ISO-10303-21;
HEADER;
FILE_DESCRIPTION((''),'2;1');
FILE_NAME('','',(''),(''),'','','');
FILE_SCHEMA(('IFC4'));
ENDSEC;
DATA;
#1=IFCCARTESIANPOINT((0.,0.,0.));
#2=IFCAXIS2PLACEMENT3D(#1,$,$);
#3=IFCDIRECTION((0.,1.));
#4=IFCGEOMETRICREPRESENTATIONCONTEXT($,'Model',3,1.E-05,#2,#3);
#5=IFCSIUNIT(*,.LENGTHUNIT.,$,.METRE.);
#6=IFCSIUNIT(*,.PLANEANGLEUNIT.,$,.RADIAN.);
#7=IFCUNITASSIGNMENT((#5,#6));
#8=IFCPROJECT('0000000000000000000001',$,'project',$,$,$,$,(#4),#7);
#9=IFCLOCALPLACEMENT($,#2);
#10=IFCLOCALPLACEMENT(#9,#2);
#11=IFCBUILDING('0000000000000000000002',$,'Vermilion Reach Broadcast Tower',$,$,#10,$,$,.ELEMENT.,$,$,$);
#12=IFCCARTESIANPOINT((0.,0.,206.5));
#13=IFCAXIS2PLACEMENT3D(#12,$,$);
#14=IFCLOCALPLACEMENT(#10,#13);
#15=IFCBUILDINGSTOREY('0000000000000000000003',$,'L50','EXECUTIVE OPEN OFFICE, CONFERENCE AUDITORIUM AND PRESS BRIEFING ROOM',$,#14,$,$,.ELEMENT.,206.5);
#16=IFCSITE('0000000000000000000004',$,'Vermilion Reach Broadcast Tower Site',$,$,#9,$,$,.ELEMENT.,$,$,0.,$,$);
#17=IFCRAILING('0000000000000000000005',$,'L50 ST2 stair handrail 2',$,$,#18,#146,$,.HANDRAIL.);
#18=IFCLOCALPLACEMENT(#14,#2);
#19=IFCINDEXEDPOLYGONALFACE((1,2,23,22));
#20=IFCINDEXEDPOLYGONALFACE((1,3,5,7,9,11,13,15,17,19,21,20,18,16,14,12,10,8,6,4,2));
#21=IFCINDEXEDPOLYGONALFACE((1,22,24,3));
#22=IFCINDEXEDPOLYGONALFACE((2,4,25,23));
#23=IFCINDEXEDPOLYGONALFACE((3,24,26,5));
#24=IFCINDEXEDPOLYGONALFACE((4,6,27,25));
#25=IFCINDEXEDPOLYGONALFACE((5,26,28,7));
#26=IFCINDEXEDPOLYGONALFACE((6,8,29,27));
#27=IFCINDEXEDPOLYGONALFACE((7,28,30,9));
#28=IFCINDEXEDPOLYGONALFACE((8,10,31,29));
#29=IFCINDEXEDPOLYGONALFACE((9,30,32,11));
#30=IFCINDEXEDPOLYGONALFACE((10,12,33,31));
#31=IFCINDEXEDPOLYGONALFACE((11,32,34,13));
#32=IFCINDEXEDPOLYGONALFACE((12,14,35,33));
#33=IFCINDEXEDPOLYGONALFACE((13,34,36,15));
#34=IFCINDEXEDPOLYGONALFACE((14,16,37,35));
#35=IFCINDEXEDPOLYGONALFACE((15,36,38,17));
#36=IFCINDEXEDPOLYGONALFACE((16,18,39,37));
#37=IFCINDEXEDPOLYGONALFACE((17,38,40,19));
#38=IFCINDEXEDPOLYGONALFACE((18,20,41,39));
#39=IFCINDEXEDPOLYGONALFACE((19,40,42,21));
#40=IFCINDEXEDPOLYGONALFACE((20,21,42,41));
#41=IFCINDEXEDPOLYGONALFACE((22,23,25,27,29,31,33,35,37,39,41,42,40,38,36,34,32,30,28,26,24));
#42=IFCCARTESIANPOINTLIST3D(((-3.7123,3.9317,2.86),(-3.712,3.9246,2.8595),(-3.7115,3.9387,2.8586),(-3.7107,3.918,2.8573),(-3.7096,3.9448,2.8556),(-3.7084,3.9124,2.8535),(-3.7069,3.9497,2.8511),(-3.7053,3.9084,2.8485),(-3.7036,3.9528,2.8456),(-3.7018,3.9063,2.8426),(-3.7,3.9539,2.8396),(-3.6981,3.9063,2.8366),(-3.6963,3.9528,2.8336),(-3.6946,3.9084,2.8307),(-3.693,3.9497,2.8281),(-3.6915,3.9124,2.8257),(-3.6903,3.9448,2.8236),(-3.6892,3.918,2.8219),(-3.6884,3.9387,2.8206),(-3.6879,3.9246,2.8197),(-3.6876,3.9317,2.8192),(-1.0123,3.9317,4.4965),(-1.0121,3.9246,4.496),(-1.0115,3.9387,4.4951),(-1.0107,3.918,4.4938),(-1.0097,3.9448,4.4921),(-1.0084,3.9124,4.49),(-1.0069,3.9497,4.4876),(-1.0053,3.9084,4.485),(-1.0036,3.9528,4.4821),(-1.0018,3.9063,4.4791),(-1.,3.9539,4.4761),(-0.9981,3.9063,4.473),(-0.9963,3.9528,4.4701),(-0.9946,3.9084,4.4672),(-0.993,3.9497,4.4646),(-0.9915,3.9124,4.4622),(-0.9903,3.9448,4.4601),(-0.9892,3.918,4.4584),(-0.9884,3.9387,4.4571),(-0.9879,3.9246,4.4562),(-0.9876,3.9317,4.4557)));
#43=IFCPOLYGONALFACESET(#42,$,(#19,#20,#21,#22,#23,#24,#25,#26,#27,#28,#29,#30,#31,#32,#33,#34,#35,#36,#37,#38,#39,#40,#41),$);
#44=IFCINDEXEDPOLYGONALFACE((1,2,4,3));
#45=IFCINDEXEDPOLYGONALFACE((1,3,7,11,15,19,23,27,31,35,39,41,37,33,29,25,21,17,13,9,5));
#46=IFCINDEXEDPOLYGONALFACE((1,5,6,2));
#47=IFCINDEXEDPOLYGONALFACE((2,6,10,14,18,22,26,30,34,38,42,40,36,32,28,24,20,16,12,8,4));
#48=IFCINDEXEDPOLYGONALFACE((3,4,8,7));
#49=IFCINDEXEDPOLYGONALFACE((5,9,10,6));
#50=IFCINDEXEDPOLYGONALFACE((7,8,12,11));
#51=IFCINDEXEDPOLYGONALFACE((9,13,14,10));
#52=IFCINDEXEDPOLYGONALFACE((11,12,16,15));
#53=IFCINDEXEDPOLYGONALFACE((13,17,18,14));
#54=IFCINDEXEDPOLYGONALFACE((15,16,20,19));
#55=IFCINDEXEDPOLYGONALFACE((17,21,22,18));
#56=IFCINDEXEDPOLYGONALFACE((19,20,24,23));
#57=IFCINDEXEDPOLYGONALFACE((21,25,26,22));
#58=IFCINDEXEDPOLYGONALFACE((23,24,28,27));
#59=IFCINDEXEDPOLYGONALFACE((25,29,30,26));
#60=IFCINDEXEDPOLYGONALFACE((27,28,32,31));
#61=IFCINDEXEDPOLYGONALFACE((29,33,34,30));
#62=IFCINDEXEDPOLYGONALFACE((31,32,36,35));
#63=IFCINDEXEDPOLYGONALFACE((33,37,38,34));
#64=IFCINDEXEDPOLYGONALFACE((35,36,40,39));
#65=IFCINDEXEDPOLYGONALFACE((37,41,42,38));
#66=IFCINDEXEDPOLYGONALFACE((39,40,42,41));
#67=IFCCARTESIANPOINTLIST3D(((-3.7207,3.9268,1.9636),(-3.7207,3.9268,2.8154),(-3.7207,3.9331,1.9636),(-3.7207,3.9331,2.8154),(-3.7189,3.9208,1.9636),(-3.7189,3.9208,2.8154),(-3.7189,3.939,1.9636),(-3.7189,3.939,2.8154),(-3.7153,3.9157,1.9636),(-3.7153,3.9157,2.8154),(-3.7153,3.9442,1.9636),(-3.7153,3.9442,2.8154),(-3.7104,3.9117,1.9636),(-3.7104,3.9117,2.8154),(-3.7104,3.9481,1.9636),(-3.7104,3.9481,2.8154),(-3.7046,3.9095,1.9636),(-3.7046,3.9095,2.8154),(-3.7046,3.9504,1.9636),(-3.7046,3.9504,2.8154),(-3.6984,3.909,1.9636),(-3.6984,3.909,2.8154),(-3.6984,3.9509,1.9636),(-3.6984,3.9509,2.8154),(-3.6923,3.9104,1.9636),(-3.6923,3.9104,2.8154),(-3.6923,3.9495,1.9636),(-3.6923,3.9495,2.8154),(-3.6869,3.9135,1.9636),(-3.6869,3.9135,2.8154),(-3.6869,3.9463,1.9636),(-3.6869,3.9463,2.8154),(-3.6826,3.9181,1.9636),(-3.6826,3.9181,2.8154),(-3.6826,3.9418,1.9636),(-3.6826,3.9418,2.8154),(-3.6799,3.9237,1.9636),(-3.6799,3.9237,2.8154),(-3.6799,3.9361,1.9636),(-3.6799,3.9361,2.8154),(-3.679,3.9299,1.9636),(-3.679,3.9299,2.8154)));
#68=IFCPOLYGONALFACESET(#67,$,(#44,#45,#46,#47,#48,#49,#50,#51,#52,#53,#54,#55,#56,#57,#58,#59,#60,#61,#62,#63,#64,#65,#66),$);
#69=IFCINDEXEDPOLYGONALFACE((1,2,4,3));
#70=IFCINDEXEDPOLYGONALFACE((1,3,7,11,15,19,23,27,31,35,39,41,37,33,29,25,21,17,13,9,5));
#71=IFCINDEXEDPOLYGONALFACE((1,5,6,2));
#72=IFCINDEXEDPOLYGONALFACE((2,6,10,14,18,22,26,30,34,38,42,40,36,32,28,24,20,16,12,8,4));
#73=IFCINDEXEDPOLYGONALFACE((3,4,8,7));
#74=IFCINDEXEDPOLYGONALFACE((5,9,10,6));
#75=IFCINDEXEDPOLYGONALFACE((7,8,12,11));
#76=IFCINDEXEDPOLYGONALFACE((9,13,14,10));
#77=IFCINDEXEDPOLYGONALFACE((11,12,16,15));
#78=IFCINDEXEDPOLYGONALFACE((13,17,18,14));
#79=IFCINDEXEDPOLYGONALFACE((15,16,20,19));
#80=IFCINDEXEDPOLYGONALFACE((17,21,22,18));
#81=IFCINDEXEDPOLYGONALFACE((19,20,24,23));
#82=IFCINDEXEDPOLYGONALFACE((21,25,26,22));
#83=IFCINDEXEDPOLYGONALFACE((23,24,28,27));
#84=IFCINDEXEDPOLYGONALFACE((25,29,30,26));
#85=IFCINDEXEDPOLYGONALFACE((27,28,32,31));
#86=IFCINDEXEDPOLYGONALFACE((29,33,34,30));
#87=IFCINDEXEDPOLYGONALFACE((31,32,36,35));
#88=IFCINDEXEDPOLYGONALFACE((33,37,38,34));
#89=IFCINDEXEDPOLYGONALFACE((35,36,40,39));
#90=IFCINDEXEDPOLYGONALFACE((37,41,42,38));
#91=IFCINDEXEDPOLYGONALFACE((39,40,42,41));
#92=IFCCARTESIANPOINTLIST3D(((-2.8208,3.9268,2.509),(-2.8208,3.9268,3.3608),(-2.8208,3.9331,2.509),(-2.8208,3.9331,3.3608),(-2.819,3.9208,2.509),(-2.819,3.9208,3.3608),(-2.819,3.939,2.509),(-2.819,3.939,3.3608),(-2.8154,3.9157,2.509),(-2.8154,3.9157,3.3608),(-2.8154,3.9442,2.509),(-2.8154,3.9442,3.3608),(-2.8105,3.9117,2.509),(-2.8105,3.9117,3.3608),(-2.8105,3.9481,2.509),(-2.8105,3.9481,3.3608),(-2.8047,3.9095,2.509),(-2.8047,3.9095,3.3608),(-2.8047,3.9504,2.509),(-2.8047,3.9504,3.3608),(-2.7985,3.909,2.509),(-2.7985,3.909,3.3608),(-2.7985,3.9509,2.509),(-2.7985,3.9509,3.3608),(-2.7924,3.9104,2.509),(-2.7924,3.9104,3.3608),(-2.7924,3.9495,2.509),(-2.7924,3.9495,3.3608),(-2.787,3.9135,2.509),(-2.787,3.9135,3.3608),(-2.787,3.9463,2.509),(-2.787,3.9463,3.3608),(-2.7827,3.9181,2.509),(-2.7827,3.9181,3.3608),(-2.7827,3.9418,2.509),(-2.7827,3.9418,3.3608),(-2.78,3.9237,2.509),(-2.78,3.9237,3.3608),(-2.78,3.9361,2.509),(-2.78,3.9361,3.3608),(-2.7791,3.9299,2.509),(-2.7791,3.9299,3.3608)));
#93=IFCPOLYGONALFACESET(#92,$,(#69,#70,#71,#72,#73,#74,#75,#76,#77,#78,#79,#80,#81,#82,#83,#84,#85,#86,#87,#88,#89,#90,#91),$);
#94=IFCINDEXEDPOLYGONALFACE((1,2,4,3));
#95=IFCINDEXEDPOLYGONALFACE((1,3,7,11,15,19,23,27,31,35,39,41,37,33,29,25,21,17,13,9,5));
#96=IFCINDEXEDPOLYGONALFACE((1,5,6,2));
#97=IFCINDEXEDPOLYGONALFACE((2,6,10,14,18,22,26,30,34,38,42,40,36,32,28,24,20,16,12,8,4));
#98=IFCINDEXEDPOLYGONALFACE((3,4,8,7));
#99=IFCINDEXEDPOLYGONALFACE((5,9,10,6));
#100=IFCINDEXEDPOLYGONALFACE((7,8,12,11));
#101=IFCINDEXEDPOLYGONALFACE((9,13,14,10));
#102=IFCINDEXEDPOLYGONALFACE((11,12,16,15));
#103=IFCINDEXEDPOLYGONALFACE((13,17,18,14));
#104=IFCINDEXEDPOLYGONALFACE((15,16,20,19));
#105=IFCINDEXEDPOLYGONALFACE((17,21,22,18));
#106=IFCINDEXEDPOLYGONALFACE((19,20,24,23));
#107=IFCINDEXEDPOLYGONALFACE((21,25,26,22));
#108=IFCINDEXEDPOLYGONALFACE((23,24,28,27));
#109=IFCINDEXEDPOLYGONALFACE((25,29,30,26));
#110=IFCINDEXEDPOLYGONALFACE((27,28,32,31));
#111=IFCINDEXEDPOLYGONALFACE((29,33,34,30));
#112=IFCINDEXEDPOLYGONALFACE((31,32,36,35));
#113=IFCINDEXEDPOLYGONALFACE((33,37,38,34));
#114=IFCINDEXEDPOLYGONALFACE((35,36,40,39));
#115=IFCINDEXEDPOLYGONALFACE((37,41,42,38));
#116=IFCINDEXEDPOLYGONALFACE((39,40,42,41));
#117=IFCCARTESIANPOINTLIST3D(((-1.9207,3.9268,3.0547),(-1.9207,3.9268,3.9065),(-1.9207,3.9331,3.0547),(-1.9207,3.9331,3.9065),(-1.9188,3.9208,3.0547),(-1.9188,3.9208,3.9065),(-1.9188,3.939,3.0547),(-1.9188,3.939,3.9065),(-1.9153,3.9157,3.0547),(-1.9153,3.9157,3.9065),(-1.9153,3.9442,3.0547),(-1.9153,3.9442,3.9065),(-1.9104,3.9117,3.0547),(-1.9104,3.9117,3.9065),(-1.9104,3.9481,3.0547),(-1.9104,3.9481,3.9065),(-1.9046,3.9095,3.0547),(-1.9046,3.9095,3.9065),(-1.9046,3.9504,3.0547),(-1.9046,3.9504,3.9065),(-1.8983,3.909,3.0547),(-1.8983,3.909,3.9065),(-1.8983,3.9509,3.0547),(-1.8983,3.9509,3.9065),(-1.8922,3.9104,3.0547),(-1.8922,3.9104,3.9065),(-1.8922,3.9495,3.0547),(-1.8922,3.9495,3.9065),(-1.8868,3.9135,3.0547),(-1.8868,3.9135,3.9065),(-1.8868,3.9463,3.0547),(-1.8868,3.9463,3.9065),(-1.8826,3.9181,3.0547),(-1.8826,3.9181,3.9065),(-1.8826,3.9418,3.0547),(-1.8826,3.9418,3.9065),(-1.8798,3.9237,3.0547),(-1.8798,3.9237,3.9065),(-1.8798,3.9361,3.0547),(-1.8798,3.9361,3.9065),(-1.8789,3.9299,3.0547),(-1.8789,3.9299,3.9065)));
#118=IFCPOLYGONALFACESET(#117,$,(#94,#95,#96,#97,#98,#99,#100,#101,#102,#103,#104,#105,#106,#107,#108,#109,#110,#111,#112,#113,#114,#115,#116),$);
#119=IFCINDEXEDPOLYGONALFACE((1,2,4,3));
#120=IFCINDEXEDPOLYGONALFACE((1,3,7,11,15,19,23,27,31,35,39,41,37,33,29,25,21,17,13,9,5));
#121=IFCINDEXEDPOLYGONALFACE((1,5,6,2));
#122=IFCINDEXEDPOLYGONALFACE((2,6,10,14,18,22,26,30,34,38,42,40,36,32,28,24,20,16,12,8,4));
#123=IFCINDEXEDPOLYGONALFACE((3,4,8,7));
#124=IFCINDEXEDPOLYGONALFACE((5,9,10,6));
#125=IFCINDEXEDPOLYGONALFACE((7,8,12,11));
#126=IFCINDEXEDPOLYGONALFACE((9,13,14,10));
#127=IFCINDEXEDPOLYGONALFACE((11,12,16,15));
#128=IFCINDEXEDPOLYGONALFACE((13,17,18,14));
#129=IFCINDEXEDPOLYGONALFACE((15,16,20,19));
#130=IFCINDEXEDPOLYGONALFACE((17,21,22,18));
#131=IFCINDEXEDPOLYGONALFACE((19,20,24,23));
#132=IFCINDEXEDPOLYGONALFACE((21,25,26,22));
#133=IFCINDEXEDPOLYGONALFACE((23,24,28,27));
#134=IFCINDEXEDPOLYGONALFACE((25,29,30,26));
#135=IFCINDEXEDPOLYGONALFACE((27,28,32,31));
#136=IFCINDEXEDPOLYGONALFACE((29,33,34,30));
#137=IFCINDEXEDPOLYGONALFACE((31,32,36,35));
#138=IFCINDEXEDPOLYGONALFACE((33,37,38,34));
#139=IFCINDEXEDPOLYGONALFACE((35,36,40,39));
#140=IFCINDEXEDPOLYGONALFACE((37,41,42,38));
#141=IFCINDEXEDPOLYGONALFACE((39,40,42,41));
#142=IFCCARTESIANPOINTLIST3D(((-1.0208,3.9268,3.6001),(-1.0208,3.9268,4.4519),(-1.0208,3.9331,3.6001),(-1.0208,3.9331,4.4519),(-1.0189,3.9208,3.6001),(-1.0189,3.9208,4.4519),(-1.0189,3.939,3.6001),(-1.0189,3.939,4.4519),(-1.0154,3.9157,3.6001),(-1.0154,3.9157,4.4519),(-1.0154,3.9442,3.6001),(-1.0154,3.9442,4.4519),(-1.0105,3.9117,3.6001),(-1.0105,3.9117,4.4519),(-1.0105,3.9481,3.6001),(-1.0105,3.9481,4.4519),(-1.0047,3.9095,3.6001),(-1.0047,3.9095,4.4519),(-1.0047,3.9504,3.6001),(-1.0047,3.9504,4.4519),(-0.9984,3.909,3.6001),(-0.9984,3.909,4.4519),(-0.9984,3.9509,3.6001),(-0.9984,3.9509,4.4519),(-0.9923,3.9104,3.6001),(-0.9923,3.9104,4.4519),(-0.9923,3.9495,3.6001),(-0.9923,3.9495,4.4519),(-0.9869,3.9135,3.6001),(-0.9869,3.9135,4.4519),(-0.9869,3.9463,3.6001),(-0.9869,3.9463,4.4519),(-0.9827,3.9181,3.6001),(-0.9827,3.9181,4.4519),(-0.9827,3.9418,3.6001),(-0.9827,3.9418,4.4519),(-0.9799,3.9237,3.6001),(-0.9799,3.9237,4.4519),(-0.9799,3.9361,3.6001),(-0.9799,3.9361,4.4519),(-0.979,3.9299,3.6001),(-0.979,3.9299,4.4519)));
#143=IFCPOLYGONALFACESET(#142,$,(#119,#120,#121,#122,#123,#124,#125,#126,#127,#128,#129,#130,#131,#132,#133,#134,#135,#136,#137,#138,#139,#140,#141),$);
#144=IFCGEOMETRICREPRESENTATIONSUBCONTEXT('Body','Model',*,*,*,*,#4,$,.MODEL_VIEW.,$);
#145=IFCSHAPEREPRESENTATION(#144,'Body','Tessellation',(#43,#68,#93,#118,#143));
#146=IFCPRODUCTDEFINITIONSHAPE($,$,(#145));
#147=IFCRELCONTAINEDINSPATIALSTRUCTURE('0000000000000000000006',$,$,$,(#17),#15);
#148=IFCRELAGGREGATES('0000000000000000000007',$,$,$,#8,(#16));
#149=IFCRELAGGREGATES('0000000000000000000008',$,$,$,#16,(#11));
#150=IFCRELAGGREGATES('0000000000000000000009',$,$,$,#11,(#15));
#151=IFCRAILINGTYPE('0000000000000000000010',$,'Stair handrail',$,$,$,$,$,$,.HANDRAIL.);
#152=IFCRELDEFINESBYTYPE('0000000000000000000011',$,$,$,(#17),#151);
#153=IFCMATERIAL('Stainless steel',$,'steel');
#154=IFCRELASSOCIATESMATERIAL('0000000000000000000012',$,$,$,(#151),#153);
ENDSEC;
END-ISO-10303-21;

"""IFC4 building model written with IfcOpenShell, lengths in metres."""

from ifc_helpers import new_model, si_unit, direction, frame, origin, origin_2d, place, context, subcontext, project, spatial, circle, extrude, material, type_object, element, save


model = new_model("IFC4")

# Units and contexts
model_context = context("Model", 3, precision=1e-05, world=origin(), true_north=direction((0.0, 1.0)))
body_context = subcontext(model_context, "Body", "Model", "MODEL_VIEW")
ifc_project = project(units=[si_unit("LENGTHUNIT", "METRE"), si_unit("PLANEANGLEUNIT", "RADIAN")], contexts=[model_context])

# Site, building, storey
site_placement = place(None, origin())
site = spatial("IfcSite", under=ifc_project, at=site_placement, Name="Vermilion Reach Broadcast Tower Site", CompositionType="ELEMENT", RefElevation=0.0)
building_placement = place(site_placement, origin())
building = spatial("IfcBuilding", under=site, at=building_placement, Name="Vermilion Reach Broadcast Tower", CompositionType="ELEMENT")
storey_placement = place(building_placement, frame((0.0, 0.0, 206.5)))
storey = spatial("IfcBuildingStorey", under=building, at=storey_placement, Name="L50", Description="EXECUTIVE OPEN OFFICE, CONFERENCE AUDITORIUM AND PRESS BRIEFING ROOM", CompositionType="ELEMENT", Elevation=206.5)

# Railing
ifc_material_1 = material(Name="Stainless steel", Category="steel")
railing_type_1 = type_object("IfcRailingType", Name="Stair handrail", PredefinedType="HANDRAIL", material=ifc_material_1)
railing_1_placement = place(storey_placement, frame((-3.7, 3.9299, 1.9636)))
element("IfcRailing", 1, at=railing_1_placement, inside=storey, type_object=railing_type_1, Name="L50 ST2 stair handrail 2", PredefinedType="HANDRAIL", context=body_context, shape_type="SweptSolid", body=[
    extrude(circle(Radius=0.0239, at=origin_2d()), frame((0.0, 0.0, 0.876), z_axis=(0.855178, 0.0, 0.518334), x_axis=(0.0, 1.0, 0.0)), (0.0, 0.0, 1.0), 3.1572),
    extrude(circle(Radius=0.021, at=origin_2d()), origin(), (0.0, 0.0, 1.0), 0.8518),
    extrude(circle(Radius=0.021, at=origin_2d()), frame((0.8999, 0.0, 0.5454)), (0.0, 0.0, 1.0), 0.8518),
    extrude(circle(Radius=0.021, at=origin_2d()), frame((1.8, 0.0, 1.0911)), (0.0, 0.0, 1.0), 0.8518),
    extrude(circle(Radius=0.021, at=origin_2d()), frame((2.7, 0.0, 1.6365)), (0.0, 0.0, 1.0), 0.8518),
])

save(model, "model.ifc")
